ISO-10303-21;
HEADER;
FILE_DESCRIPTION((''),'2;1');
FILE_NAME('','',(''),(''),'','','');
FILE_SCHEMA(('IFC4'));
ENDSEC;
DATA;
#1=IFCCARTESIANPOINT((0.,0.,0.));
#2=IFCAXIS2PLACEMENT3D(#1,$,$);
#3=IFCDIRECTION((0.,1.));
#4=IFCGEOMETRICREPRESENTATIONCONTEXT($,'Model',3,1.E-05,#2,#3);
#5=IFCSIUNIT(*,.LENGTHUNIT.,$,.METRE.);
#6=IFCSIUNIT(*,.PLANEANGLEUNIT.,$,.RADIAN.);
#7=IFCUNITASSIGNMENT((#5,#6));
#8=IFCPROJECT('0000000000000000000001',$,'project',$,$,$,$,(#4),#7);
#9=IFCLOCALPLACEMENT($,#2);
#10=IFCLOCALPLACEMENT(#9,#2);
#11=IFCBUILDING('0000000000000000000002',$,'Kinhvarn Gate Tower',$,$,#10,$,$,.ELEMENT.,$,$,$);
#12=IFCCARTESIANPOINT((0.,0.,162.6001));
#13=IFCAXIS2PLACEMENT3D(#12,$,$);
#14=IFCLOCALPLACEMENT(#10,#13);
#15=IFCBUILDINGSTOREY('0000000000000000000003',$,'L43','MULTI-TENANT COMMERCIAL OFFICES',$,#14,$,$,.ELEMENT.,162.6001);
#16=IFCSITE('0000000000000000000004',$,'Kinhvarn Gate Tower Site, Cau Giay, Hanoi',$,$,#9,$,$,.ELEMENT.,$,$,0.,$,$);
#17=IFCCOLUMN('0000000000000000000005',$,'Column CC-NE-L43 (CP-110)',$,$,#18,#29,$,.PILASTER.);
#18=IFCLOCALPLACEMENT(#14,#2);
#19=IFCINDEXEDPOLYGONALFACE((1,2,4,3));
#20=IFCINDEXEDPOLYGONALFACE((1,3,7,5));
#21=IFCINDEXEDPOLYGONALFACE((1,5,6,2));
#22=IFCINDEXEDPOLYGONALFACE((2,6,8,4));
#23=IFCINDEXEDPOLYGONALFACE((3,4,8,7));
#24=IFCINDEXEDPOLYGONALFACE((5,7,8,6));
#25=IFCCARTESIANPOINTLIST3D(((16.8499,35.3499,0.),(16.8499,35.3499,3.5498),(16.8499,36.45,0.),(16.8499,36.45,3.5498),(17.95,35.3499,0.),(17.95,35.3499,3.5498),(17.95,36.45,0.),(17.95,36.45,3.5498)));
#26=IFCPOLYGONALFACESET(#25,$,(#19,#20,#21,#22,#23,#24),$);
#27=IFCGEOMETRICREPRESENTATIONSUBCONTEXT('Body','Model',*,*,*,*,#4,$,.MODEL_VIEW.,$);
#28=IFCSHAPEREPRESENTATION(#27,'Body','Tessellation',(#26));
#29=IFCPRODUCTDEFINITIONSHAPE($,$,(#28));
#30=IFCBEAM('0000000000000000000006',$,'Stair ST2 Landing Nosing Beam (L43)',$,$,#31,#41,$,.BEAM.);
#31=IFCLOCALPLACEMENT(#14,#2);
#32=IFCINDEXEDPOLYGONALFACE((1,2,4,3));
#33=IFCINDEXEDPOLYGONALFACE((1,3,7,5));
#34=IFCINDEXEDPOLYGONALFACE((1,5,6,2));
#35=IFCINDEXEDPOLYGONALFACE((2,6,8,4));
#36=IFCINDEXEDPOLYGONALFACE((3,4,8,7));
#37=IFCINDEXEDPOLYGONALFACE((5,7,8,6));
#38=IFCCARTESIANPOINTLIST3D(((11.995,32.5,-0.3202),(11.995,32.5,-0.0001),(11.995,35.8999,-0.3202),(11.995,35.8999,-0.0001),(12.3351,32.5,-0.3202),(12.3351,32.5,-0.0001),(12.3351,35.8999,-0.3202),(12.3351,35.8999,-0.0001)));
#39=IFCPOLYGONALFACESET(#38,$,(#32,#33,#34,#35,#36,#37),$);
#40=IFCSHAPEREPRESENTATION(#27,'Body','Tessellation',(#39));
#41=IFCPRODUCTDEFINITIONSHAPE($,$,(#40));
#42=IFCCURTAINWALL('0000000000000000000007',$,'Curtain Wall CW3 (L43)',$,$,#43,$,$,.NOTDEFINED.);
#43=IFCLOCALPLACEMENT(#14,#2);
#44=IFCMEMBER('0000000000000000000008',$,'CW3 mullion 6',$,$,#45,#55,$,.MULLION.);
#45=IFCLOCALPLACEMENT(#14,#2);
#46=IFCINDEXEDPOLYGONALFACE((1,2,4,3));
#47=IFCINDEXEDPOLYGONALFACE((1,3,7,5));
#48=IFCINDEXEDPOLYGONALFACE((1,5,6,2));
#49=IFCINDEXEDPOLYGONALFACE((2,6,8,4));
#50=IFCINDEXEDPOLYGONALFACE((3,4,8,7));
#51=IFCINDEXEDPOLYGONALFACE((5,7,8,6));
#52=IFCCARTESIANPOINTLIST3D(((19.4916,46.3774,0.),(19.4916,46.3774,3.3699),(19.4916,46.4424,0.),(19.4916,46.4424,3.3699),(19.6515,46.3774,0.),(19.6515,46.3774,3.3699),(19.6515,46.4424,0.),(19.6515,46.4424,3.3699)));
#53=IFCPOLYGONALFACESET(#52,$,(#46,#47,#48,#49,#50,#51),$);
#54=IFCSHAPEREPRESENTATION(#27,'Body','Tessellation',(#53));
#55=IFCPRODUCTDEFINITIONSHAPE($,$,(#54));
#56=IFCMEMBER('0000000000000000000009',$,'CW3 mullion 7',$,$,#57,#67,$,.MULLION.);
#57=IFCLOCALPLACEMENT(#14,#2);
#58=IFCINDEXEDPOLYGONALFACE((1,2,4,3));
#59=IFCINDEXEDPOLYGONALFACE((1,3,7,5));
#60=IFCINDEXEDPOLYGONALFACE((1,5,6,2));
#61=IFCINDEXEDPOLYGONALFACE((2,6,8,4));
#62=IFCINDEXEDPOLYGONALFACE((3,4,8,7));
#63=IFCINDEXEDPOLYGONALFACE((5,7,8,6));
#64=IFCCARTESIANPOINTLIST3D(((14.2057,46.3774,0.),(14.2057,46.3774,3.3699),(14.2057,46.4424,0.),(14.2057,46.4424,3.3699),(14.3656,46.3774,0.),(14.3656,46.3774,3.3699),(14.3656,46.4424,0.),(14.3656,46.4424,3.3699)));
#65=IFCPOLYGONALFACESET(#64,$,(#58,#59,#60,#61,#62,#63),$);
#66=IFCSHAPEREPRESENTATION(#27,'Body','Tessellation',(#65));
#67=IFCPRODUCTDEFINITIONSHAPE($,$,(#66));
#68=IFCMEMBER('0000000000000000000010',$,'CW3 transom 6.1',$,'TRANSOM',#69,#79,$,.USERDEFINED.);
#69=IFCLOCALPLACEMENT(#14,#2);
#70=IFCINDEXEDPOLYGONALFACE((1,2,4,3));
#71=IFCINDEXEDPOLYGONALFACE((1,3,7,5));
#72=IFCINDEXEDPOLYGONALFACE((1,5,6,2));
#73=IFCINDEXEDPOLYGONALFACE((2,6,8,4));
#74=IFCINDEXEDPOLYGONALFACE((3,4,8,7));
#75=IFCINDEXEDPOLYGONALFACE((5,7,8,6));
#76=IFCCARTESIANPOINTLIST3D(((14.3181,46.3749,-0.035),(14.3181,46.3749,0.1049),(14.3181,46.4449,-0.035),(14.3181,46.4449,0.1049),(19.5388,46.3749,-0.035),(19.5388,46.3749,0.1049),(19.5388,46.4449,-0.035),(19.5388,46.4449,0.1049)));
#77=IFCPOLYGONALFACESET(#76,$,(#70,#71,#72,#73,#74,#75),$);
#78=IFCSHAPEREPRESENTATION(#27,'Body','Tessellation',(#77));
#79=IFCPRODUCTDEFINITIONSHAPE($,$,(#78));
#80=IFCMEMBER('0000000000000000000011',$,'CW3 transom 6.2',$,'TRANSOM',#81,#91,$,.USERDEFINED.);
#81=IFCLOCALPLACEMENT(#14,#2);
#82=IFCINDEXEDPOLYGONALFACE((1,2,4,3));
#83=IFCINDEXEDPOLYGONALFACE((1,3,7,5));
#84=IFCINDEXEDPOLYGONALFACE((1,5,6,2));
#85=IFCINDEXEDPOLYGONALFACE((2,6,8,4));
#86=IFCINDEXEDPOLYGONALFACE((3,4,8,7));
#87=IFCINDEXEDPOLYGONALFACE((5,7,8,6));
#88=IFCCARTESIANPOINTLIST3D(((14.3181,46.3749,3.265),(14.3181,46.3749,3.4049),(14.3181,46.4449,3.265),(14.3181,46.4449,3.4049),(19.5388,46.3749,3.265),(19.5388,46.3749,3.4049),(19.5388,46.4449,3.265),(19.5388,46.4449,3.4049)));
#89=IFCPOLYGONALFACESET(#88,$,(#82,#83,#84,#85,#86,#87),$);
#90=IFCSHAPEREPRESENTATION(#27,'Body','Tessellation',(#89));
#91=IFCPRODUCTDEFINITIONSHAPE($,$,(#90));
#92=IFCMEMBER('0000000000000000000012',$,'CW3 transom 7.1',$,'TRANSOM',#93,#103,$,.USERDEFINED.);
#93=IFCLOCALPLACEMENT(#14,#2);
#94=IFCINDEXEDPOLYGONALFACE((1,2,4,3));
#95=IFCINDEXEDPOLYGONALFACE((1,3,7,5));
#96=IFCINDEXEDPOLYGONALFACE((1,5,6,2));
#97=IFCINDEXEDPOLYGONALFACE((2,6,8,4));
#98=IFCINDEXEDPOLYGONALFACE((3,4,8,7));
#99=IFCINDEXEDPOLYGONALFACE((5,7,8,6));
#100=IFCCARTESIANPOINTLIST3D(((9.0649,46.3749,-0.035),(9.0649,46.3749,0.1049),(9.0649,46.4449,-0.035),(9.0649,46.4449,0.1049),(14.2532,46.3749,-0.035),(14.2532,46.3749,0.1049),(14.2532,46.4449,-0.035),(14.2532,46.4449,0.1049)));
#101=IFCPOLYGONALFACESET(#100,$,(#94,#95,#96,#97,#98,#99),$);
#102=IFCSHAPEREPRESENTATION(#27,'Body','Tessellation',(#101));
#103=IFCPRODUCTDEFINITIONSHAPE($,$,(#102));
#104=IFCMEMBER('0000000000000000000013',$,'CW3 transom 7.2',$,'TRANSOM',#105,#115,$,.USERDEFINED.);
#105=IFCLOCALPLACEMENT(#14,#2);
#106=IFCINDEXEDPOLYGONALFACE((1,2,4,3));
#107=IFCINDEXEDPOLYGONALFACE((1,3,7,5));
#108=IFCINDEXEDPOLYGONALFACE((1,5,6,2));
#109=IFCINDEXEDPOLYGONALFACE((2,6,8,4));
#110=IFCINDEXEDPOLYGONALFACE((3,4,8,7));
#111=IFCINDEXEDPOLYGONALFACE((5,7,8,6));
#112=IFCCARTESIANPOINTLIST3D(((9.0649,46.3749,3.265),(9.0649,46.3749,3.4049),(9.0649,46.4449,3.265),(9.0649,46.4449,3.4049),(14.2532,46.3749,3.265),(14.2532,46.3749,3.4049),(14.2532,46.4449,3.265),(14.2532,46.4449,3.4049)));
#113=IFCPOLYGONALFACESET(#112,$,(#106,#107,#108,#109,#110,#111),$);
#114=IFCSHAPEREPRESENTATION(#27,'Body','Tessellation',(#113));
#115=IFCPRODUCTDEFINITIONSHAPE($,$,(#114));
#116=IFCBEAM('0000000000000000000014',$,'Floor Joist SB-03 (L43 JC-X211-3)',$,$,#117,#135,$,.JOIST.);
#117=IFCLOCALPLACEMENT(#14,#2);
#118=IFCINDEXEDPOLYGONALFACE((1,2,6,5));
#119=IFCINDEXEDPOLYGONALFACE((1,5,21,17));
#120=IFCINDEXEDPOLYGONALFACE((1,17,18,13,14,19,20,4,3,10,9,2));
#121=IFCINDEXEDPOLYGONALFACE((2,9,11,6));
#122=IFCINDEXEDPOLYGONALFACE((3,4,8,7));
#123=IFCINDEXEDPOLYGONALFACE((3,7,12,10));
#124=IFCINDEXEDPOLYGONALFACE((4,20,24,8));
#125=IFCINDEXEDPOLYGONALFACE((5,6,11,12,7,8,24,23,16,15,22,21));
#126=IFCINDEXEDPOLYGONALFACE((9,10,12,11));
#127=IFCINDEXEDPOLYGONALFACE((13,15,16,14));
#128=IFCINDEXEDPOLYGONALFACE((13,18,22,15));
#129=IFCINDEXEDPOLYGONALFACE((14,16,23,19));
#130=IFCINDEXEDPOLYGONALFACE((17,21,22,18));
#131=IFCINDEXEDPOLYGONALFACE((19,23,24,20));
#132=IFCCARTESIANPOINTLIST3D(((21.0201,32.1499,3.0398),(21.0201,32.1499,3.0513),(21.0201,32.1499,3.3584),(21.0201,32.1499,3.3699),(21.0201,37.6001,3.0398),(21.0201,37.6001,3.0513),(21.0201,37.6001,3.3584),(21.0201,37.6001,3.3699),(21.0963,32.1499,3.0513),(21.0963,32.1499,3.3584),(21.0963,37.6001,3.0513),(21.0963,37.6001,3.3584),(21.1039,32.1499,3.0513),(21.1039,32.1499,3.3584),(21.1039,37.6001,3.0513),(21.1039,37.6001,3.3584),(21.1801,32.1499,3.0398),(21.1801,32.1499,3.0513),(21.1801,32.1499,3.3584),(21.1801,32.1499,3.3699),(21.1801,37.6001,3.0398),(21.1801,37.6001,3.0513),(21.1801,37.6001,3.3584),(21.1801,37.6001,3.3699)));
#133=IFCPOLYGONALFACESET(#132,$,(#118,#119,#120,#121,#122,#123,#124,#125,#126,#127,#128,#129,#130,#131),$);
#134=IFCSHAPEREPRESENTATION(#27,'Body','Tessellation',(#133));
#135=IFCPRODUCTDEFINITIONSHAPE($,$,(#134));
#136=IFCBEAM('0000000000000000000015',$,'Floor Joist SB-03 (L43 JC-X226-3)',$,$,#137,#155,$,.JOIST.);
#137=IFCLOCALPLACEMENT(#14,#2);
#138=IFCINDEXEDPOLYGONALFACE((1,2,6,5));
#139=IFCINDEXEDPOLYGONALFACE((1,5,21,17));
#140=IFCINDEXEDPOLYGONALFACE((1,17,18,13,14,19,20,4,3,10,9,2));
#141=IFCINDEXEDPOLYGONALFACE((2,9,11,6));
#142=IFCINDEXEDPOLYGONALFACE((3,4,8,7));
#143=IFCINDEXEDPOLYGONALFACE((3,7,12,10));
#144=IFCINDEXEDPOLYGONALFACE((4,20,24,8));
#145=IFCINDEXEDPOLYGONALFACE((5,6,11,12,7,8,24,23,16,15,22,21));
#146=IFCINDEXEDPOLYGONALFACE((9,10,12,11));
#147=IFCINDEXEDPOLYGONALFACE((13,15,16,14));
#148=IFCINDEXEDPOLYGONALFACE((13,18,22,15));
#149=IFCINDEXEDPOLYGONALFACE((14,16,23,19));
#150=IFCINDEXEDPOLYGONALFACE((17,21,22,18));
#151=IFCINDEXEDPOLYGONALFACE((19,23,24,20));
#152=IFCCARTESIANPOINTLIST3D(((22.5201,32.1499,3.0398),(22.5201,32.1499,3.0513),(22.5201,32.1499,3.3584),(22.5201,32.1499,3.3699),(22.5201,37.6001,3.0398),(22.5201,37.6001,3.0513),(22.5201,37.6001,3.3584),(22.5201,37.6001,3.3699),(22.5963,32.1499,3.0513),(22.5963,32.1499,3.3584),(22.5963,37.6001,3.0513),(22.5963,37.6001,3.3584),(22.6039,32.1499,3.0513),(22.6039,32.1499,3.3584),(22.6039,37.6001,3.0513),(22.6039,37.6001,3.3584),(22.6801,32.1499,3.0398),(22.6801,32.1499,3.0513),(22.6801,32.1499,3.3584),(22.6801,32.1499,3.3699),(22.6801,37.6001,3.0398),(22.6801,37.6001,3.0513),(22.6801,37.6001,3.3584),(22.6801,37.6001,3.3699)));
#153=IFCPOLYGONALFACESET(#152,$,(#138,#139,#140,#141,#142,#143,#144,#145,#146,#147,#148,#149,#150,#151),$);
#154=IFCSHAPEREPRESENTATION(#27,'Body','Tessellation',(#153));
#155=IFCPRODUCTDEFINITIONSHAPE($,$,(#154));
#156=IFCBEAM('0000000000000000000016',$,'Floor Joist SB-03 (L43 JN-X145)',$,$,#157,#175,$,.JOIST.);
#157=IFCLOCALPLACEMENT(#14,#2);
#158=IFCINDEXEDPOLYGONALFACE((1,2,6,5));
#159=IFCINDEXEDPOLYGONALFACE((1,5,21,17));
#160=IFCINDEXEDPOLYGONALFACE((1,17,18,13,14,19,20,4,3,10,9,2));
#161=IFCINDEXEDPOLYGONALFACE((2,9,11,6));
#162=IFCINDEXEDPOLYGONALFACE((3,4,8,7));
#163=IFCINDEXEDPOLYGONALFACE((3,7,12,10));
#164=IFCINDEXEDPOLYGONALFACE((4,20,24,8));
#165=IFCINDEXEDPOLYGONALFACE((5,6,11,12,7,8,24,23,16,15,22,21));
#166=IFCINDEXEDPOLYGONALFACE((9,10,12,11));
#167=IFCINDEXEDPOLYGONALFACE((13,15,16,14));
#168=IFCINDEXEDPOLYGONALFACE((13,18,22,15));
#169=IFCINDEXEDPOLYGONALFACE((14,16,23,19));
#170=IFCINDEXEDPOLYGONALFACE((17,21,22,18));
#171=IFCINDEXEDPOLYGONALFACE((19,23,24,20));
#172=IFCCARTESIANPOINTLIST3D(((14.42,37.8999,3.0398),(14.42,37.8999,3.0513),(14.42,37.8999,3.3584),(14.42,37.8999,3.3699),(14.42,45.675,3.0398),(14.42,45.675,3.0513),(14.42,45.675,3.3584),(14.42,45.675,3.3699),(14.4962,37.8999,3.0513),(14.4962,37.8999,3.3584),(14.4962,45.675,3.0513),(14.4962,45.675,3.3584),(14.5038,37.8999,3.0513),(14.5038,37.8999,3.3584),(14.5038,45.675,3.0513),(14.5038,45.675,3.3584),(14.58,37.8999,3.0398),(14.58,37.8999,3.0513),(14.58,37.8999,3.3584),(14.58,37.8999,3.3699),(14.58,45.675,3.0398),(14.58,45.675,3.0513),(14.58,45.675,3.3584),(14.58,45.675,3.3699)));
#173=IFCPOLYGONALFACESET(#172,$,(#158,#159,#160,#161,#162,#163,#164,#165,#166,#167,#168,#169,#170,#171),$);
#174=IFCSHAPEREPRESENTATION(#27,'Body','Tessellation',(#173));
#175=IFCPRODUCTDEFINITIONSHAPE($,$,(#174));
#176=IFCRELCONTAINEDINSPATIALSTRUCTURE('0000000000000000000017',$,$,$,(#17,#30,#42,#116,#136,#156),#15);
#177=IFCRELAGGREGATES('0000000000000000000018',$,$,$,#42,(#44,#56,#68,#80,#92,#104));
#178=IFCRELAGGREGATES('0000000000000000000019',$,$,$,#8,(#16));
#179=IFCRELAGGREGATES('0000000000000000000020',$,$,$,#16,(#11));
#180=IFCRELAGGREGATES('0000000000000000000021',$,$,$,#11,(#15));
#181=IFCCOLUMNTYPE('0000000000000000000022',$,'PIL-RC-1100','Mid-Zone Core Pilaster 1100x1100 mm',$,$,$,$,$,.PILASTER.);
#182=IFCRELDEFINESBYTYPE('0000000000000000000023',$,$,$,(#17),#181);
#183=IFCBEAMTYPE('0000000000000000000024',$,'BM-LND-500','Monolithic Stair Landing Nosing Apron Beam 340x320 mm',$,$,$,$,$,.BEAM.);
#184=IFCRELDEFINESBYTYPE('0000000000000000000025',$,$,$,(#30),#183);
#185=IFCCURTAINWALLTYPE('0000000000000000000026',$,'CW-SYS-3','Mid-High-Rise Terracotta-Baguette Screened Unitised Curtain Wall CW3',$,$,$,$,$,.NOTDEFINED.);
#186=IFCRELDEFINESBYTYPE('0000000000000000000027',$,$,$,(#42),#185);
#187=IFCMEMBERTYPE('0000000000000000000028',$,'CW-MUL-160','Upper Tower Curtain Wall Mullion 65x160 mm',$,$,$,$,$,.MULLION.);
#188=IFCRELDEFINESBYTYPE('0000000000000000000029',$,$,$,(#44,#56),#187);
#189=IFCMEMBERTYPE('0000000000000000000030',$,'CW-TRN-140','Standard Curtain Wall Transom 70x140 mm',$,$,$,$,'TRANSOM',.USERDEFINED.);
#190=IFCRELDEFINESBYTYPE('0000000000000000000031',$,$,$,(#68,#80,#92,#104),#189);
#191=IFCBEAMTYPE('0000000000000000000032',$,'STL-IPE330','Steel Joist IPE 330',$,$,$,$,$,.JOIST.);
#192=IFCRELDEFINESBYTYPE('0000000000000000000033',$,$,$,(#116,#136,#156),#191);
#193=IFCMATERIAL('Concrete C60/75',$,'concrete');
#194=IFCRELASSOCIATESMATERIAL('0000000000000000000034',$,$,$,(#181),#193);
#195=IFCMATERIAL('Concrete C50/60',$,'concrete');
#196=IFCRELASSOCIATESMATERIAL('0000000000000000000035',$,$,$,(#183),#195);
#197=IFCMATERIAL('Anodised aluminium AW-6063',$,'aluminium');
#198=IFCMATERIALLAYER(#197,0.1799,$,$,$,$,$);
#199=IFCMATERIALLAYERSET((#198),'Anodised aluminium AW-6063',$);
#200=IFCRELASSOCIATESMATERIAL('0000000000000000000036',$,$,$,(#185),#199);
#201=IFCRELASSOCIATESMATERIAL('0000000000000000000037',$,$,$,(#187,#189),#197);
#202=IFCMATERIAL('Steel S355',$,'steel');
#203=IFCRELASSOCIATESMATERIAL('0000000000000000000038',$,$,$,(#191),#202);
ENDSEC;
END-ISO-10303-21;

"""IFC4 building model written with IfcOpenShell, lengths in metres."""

from ifc_helpers import new_model, si_unit, direction, frame, origin, origin_2d, place, context, subcontext, project, spatial, rectangle, i_section, extrude, material, layer, layer_set, material_profile, profile_set, type_object, element, aggregate, save


model = new_model("IFC4")

# Units and contexts
model_context = context("Model", 3, precision=1e-05, world=origin(), true_north=direction((0.0, 1.0)))
body_context = subcontext(model_context, "Body", "Model", "MODEL_VIEW")
ifc_project = project(units=[si_unit("LENGTHUNIT", "METRE"), si_unit("PLANEANGLEUNIT", "RADIAN")], contexts=[model_context])

# Site, building, storey
site_placement = place(None, origin())
site = spatial("IfcSite", under=ifc_project, at=site_placement, Name="Kinhvarn Gate Tower Site, Cau Giay, Hanoi", CompositionType="ELEMENT", RefElevation=0.0)
building_placement = place(site_placement, origin())
building = spatial("IfcBuilding", under=site, at=building_placement, Name="Kinhvarn Gate Tower", CompositionType="ELEMENT")
storey_placement = place(building_placement, frame((0.0, 0.0, 162.6001)))
storey = spatial("IfcBuildingStorey", under=building, at=storey_placement, Name="L43", Description="MULTI-TENANT COMMERCIAL OFFICES", CompositionType="ELEMENT", Elevation=162.6001)

# Column
ifc_material_1 = material(Name="Concrete C60/75", Category="concrete")
ifc_material_profile_1 = material_profile(ifc_material_1, rectangle(XDim=1.1001, YDim=1.1001, at=origin_2d()), Name="RC 1100x1100")
ifc_profile_set_1 = profile_set([ifc_material_profile_1], Name="Concrete C60/75")
column_type = type_object("IfcColumnType", Name="PIL-RC-1100", Description="Mid-Zone Core Pilaster 1100x1100 mm", PredefinedType="PILASTER", material=ifc_profile_set_1)
column_placement = place(storey_placement, frame((17.3999, 35.8999, 0.0), z_axis=(0.0, 0.0, 1.0), x_axis=(1.0, 0.0, 0.0)))
element("IfcColumn", 1, at=column_placement, inside=storey, type_object=column_type, Name="Column CC-NE-L43 (CP-110)", PredefinedType="PILASTER", context=body_context, shape_type="SweptSolid", body=[
    extrude(rectangle(XDim=1.1001, YDim=1.1001, at=origin_2d()), origin(), (0.0, 0.0, 1.0), 3.5498),
])

# Beam
ifc_material_2 = material(Name="Concrete C50/60", Category="concrete")
ifc_material_profile_2 = material_profile(ifc_material_2, rectangle(XDim=0.3401, YDim=0.3201, at=origin_2d()), Name="RC 340x320")
ifc_profile_set_2 = profile_set([ifc_material_profile_2], Name="Concrete C50/60")
beam_type_1 = type_object("IfcBeamType", Name="BM-LND-500", Description="Monolithic Stair Landing Nosing Apron Beam 340x320 mm", PredefinedType="BEAM", material=ifc_profile_set_2)
beam_placement = place(storey_placement, frame((12.165, 32.5, -0.1602), z_axis=(0.0, 1.0, 0.0), x_axis=(-1.0, 0.0, 0.0)))
element("IfcBeam", 2, at=beam_placement, inside=storey, type_object=beam_type_1, Name="Stair ST2 Landing Nosing Beam (L43)", PredefinedType="BEAM", context=body_context, shape_type="SweptSolid", body=[
    extrude(rectangle(XDim=0.3401, YDim=0.3201, at=origin_2d()), origin(), (0.0, 0.0, 1.0), 3.3999),
])

# Curtain wall, members
ifc_material_3 = material(Name="Anodised aluminium AW-6063", Category="aluminium")
ifc_layer_1 = layer(ifc_material_3, 0.1799)
ifc_layer_set_1 = layer_set([ifc_layer_1], Name="Anodised aluminium AW-6063")
curtain_wall_type = type_object("IfcCurtainWallType", Name="CW-SYS-3", Description="Mid-High-Rise Terracotta-Baguette Screened Unitised Curtain Wall CW3", PredefinedType="NOTDEFINED", material=ifc_layer_set_1)
curtain_wall_placement = place(storey_placement, origin())
curtain_wall = element("IfcCurtainWall", 3, at=curtain_wall_placement, inside=storey, type_object=curtain_wall_type, Name="Curtain Wall CW3 (L43)", PredefinedType="NOTDEFINED")
ifc_material_profile_3 = material_profile(ifc_material_3, rectangle(XDim=0.0649, YDim=0.1599, at=origin_2d()), Name="ALU 65x160")
ifc_profile_set_3 = profile_set([ifc_material_profile_3], Name="Anodised aluminium AW-6063")
member_type_1 = type_object("IfcMemberType", Name="CW-MUL-160", Description="Upper Tower Curtain Wall Mullion 65x160 mm", PredefinedType="MULLION", material=ifc_profile_set_3)
member_1_placement = place(storey_placement, frame((19.5715, 46.4099, 0.0), z_axis=(0.0, 0.0, 1.0), x_axis=(0.0, -1.0, 0.0)))
member_1 = element("IfcMember", 4, at=member_1_placement, type_object=member_type_1, Name="CW3 mullion 6", PredefinedType="MULLION", context=body_context, shape_type="SweptSolid", body=[
    extrude(rectangle(XDim=0.0649, YDim=0.1599, at=origin_2d()), origin(), (0.0, 0.0, 1.0), 3.3699),
])
member_2_placement = place(storey_placement, frame((14.2856, 46.4099, 0.0), z_axis=(0.0, 0.0, 1.0), x_axis=(0.0, -1.0, 0.0)))
member_2 = element("IfcMember", 5, at=member_2_placement, type_object=member_type_1, Name="CW3 mullion 7", PredefinedType="MULLION", context=body_context, shape_type="SweptSolid", body=[
    extrude(rectangle(XDim=0.0649, YDim=0.1599, at=origin_2d()), origin(), (0.0, 0.0, 1.0), 3.3699),
])
ifc_material_profile_4 = material_profile(ifc_material_3, rectangle(XDim=0.0701, YDim=0.1399, at=origin_2d()), Name="ALU 70x140")
ifc_profile_set_4 = profile_set([ifc_material_profile_4], Name="Anodised aluminium AW-6063")
member_type_2 = type_object("IfcMemberType", Name="CW-TRN-140", Description="Standard Curtain Wall Transom 70x140 mm", ElementType="TRANSOM", PredefinedType="USERDEFINED", material=ifc_profile_set_4)
member_3_placement = place(storey_placement, frame((19.5388, 46.4099, 0.0349), z_axis=(-1.0, 0.0, 0.0), x_axis=(0.0, -1.0, 0.0)))
member_3 = element("IfcMember", 6, at=member_3_placement, type_object=member_type_2, Name="CW3 transom 6.1", ObjectType="TRANSOM", PredefinedType="USERDEFINED", context=body_context, shape_type="SweptSolid", body=[
    extrude(rectangle(XDim=0.0701, YDim=0.1399, at=origin_2d()), origin(), (0.0, 0.0, 1.0), 5.2207),
])
member_4_placement = place(storey_placement, frame((19.5388, 46.4099, 3.335), z_axis=(-1.0, 0.0, 0.0), x_axis=(0.0, -1.0, 0.0)))
member_4 = element("IfcMember", 7, at=member_4_placement, type_object=member_type_2, Name="CW3 transom 6.2", ObjectType="TRANSOM", PredefinedType="USERDEFINED", context=body_context, shape_type="SweptSolid", body=[
    extrude(rectangle(XDim=0.0701, YDim=0.1399, at=origin_2d()), origin(), (0.0, 0.0, 1.0), 5.2207),
])
member_5_placement = place(storey_placement, frame((14.2532, 46.4099, 0.0349), z_axis=(-1.0, 0.0, 0.0), x_axis=(0.0, -1.0, 0.0)))
member_5 = element("IfcMember", 8, at=member_5_placement, type_object=member_type_2, Name="CW3 transom 7.1", ObjectType="TRANSOM", PredefinedType="USERDEFINED", context=body_context, shape_type="SweptSolid", body=[
    extrude(rectangle(XDim=0.0701, YDim=0.1399, at=origin_2d()), origin(), (0.0, 0.0, 1.0), 5.1882),
])
member_6_placement = place(storey_placement, frame((14.2532, 46.4099, 3.335), z_axis=(-1.0, 0.0, 0.0), x_axis=(0.0, -1.0, 0.0)))
member_6 = element("IfcMember", 9, at=member_6_placement, type_object=member_type_2, Name="CW3 transom 7.2", ObjectType="TRANSOM", PredefinedType="USERDEFINED", context=body_context, shape_type="SweptSolid", body=[
    extrude(rectangle(XDim=0.0701, YDim=0.1399, at=origin_2d()), origin(), (0.0, 0.0, 1.0), 5.1882),
])

# Beams
ifc_material_4 = material(Name="Steel S355", Category="steel")
ifc_material_profile_5 = material_profile(ifc_material_4, i_section(OverallWidth=0.1599, OverallDepth=0.3301, WebThickness=0.0076, FlangeThickness=0.0115, at=origin_2d()), Name="IPE 330")
ifc_profile_set_5 = profile_set([ifc_material_profile_5], Name="Steel S355")
beam_type_2 = type_object("IfcBeamType", Name="STL-IPE330", Description="Steel Joist IPE 330", PredefinedType="JOIST", material=ifc_profile_set_5)
for number, where, z_axis, x_axis, name in (
    (10, (21.1001, 32.1499, 3.2048), (0.0, 1.0, 0.0), (-1.0, 0.0, 0.0), "Floor Joist SB-03 (L43 JC-X211-3)"),
    (11, (22.6001, 32.1499, 3.2048), (0.0, 1.0, 0.0), (-1.0, 0.0, 0.0), "Floor Joist SB-03 (L43 JC-X226-3)"),
):
    element("IfcBeam", number, at=place(storey_placement, frame(where, z_axis=z_axis, x_axis=x_axis)), inside=storey, type_object=beam_type_2, Name=name, PredefinedType="JOIST", context=body_context, shape_type="SweptSolid", body=[
        extrude(i_section(OverallWidth=0.1599, OverallDepth=0.3301, WebThickness=0.0076, FlangeThickness=0.0115, at=origin_2d()), origin(), (0.0, 0.0, 1.0), 5.4502),
    ])
for number, where, z_axis, x_axis, name in (
    (12, (14.5, 37.8999, 3.2048), (0.0, 1.0, 0.0), (-1.0, 0.0, 0.0), "Floor Joist SB-03 (L43 JN-X145)"),
):
    element("IfcBeam", number, at=place(storey_placement, frame(where, z_axis=z_axis, x_axis=x_axis)), inside=storey, type_object=beam_type_2, Name=name, PredefinedType="JOIST", context=body_context, shape_type="SweptSolid", body=[
        extrude(i_section(OverallWidth=0.1599, OverallDepth=0.3301, WebThickness=0.0076, FlangeThickness=0.0115, at=origin_2d()), origin(), (0.0, 0.0, 1.0), 7.7751),
    ])

aggregate(curtain_wall, [member_1, member_2, member_3, member_4, member_5, member_6])

save(model, "model.ifc")
